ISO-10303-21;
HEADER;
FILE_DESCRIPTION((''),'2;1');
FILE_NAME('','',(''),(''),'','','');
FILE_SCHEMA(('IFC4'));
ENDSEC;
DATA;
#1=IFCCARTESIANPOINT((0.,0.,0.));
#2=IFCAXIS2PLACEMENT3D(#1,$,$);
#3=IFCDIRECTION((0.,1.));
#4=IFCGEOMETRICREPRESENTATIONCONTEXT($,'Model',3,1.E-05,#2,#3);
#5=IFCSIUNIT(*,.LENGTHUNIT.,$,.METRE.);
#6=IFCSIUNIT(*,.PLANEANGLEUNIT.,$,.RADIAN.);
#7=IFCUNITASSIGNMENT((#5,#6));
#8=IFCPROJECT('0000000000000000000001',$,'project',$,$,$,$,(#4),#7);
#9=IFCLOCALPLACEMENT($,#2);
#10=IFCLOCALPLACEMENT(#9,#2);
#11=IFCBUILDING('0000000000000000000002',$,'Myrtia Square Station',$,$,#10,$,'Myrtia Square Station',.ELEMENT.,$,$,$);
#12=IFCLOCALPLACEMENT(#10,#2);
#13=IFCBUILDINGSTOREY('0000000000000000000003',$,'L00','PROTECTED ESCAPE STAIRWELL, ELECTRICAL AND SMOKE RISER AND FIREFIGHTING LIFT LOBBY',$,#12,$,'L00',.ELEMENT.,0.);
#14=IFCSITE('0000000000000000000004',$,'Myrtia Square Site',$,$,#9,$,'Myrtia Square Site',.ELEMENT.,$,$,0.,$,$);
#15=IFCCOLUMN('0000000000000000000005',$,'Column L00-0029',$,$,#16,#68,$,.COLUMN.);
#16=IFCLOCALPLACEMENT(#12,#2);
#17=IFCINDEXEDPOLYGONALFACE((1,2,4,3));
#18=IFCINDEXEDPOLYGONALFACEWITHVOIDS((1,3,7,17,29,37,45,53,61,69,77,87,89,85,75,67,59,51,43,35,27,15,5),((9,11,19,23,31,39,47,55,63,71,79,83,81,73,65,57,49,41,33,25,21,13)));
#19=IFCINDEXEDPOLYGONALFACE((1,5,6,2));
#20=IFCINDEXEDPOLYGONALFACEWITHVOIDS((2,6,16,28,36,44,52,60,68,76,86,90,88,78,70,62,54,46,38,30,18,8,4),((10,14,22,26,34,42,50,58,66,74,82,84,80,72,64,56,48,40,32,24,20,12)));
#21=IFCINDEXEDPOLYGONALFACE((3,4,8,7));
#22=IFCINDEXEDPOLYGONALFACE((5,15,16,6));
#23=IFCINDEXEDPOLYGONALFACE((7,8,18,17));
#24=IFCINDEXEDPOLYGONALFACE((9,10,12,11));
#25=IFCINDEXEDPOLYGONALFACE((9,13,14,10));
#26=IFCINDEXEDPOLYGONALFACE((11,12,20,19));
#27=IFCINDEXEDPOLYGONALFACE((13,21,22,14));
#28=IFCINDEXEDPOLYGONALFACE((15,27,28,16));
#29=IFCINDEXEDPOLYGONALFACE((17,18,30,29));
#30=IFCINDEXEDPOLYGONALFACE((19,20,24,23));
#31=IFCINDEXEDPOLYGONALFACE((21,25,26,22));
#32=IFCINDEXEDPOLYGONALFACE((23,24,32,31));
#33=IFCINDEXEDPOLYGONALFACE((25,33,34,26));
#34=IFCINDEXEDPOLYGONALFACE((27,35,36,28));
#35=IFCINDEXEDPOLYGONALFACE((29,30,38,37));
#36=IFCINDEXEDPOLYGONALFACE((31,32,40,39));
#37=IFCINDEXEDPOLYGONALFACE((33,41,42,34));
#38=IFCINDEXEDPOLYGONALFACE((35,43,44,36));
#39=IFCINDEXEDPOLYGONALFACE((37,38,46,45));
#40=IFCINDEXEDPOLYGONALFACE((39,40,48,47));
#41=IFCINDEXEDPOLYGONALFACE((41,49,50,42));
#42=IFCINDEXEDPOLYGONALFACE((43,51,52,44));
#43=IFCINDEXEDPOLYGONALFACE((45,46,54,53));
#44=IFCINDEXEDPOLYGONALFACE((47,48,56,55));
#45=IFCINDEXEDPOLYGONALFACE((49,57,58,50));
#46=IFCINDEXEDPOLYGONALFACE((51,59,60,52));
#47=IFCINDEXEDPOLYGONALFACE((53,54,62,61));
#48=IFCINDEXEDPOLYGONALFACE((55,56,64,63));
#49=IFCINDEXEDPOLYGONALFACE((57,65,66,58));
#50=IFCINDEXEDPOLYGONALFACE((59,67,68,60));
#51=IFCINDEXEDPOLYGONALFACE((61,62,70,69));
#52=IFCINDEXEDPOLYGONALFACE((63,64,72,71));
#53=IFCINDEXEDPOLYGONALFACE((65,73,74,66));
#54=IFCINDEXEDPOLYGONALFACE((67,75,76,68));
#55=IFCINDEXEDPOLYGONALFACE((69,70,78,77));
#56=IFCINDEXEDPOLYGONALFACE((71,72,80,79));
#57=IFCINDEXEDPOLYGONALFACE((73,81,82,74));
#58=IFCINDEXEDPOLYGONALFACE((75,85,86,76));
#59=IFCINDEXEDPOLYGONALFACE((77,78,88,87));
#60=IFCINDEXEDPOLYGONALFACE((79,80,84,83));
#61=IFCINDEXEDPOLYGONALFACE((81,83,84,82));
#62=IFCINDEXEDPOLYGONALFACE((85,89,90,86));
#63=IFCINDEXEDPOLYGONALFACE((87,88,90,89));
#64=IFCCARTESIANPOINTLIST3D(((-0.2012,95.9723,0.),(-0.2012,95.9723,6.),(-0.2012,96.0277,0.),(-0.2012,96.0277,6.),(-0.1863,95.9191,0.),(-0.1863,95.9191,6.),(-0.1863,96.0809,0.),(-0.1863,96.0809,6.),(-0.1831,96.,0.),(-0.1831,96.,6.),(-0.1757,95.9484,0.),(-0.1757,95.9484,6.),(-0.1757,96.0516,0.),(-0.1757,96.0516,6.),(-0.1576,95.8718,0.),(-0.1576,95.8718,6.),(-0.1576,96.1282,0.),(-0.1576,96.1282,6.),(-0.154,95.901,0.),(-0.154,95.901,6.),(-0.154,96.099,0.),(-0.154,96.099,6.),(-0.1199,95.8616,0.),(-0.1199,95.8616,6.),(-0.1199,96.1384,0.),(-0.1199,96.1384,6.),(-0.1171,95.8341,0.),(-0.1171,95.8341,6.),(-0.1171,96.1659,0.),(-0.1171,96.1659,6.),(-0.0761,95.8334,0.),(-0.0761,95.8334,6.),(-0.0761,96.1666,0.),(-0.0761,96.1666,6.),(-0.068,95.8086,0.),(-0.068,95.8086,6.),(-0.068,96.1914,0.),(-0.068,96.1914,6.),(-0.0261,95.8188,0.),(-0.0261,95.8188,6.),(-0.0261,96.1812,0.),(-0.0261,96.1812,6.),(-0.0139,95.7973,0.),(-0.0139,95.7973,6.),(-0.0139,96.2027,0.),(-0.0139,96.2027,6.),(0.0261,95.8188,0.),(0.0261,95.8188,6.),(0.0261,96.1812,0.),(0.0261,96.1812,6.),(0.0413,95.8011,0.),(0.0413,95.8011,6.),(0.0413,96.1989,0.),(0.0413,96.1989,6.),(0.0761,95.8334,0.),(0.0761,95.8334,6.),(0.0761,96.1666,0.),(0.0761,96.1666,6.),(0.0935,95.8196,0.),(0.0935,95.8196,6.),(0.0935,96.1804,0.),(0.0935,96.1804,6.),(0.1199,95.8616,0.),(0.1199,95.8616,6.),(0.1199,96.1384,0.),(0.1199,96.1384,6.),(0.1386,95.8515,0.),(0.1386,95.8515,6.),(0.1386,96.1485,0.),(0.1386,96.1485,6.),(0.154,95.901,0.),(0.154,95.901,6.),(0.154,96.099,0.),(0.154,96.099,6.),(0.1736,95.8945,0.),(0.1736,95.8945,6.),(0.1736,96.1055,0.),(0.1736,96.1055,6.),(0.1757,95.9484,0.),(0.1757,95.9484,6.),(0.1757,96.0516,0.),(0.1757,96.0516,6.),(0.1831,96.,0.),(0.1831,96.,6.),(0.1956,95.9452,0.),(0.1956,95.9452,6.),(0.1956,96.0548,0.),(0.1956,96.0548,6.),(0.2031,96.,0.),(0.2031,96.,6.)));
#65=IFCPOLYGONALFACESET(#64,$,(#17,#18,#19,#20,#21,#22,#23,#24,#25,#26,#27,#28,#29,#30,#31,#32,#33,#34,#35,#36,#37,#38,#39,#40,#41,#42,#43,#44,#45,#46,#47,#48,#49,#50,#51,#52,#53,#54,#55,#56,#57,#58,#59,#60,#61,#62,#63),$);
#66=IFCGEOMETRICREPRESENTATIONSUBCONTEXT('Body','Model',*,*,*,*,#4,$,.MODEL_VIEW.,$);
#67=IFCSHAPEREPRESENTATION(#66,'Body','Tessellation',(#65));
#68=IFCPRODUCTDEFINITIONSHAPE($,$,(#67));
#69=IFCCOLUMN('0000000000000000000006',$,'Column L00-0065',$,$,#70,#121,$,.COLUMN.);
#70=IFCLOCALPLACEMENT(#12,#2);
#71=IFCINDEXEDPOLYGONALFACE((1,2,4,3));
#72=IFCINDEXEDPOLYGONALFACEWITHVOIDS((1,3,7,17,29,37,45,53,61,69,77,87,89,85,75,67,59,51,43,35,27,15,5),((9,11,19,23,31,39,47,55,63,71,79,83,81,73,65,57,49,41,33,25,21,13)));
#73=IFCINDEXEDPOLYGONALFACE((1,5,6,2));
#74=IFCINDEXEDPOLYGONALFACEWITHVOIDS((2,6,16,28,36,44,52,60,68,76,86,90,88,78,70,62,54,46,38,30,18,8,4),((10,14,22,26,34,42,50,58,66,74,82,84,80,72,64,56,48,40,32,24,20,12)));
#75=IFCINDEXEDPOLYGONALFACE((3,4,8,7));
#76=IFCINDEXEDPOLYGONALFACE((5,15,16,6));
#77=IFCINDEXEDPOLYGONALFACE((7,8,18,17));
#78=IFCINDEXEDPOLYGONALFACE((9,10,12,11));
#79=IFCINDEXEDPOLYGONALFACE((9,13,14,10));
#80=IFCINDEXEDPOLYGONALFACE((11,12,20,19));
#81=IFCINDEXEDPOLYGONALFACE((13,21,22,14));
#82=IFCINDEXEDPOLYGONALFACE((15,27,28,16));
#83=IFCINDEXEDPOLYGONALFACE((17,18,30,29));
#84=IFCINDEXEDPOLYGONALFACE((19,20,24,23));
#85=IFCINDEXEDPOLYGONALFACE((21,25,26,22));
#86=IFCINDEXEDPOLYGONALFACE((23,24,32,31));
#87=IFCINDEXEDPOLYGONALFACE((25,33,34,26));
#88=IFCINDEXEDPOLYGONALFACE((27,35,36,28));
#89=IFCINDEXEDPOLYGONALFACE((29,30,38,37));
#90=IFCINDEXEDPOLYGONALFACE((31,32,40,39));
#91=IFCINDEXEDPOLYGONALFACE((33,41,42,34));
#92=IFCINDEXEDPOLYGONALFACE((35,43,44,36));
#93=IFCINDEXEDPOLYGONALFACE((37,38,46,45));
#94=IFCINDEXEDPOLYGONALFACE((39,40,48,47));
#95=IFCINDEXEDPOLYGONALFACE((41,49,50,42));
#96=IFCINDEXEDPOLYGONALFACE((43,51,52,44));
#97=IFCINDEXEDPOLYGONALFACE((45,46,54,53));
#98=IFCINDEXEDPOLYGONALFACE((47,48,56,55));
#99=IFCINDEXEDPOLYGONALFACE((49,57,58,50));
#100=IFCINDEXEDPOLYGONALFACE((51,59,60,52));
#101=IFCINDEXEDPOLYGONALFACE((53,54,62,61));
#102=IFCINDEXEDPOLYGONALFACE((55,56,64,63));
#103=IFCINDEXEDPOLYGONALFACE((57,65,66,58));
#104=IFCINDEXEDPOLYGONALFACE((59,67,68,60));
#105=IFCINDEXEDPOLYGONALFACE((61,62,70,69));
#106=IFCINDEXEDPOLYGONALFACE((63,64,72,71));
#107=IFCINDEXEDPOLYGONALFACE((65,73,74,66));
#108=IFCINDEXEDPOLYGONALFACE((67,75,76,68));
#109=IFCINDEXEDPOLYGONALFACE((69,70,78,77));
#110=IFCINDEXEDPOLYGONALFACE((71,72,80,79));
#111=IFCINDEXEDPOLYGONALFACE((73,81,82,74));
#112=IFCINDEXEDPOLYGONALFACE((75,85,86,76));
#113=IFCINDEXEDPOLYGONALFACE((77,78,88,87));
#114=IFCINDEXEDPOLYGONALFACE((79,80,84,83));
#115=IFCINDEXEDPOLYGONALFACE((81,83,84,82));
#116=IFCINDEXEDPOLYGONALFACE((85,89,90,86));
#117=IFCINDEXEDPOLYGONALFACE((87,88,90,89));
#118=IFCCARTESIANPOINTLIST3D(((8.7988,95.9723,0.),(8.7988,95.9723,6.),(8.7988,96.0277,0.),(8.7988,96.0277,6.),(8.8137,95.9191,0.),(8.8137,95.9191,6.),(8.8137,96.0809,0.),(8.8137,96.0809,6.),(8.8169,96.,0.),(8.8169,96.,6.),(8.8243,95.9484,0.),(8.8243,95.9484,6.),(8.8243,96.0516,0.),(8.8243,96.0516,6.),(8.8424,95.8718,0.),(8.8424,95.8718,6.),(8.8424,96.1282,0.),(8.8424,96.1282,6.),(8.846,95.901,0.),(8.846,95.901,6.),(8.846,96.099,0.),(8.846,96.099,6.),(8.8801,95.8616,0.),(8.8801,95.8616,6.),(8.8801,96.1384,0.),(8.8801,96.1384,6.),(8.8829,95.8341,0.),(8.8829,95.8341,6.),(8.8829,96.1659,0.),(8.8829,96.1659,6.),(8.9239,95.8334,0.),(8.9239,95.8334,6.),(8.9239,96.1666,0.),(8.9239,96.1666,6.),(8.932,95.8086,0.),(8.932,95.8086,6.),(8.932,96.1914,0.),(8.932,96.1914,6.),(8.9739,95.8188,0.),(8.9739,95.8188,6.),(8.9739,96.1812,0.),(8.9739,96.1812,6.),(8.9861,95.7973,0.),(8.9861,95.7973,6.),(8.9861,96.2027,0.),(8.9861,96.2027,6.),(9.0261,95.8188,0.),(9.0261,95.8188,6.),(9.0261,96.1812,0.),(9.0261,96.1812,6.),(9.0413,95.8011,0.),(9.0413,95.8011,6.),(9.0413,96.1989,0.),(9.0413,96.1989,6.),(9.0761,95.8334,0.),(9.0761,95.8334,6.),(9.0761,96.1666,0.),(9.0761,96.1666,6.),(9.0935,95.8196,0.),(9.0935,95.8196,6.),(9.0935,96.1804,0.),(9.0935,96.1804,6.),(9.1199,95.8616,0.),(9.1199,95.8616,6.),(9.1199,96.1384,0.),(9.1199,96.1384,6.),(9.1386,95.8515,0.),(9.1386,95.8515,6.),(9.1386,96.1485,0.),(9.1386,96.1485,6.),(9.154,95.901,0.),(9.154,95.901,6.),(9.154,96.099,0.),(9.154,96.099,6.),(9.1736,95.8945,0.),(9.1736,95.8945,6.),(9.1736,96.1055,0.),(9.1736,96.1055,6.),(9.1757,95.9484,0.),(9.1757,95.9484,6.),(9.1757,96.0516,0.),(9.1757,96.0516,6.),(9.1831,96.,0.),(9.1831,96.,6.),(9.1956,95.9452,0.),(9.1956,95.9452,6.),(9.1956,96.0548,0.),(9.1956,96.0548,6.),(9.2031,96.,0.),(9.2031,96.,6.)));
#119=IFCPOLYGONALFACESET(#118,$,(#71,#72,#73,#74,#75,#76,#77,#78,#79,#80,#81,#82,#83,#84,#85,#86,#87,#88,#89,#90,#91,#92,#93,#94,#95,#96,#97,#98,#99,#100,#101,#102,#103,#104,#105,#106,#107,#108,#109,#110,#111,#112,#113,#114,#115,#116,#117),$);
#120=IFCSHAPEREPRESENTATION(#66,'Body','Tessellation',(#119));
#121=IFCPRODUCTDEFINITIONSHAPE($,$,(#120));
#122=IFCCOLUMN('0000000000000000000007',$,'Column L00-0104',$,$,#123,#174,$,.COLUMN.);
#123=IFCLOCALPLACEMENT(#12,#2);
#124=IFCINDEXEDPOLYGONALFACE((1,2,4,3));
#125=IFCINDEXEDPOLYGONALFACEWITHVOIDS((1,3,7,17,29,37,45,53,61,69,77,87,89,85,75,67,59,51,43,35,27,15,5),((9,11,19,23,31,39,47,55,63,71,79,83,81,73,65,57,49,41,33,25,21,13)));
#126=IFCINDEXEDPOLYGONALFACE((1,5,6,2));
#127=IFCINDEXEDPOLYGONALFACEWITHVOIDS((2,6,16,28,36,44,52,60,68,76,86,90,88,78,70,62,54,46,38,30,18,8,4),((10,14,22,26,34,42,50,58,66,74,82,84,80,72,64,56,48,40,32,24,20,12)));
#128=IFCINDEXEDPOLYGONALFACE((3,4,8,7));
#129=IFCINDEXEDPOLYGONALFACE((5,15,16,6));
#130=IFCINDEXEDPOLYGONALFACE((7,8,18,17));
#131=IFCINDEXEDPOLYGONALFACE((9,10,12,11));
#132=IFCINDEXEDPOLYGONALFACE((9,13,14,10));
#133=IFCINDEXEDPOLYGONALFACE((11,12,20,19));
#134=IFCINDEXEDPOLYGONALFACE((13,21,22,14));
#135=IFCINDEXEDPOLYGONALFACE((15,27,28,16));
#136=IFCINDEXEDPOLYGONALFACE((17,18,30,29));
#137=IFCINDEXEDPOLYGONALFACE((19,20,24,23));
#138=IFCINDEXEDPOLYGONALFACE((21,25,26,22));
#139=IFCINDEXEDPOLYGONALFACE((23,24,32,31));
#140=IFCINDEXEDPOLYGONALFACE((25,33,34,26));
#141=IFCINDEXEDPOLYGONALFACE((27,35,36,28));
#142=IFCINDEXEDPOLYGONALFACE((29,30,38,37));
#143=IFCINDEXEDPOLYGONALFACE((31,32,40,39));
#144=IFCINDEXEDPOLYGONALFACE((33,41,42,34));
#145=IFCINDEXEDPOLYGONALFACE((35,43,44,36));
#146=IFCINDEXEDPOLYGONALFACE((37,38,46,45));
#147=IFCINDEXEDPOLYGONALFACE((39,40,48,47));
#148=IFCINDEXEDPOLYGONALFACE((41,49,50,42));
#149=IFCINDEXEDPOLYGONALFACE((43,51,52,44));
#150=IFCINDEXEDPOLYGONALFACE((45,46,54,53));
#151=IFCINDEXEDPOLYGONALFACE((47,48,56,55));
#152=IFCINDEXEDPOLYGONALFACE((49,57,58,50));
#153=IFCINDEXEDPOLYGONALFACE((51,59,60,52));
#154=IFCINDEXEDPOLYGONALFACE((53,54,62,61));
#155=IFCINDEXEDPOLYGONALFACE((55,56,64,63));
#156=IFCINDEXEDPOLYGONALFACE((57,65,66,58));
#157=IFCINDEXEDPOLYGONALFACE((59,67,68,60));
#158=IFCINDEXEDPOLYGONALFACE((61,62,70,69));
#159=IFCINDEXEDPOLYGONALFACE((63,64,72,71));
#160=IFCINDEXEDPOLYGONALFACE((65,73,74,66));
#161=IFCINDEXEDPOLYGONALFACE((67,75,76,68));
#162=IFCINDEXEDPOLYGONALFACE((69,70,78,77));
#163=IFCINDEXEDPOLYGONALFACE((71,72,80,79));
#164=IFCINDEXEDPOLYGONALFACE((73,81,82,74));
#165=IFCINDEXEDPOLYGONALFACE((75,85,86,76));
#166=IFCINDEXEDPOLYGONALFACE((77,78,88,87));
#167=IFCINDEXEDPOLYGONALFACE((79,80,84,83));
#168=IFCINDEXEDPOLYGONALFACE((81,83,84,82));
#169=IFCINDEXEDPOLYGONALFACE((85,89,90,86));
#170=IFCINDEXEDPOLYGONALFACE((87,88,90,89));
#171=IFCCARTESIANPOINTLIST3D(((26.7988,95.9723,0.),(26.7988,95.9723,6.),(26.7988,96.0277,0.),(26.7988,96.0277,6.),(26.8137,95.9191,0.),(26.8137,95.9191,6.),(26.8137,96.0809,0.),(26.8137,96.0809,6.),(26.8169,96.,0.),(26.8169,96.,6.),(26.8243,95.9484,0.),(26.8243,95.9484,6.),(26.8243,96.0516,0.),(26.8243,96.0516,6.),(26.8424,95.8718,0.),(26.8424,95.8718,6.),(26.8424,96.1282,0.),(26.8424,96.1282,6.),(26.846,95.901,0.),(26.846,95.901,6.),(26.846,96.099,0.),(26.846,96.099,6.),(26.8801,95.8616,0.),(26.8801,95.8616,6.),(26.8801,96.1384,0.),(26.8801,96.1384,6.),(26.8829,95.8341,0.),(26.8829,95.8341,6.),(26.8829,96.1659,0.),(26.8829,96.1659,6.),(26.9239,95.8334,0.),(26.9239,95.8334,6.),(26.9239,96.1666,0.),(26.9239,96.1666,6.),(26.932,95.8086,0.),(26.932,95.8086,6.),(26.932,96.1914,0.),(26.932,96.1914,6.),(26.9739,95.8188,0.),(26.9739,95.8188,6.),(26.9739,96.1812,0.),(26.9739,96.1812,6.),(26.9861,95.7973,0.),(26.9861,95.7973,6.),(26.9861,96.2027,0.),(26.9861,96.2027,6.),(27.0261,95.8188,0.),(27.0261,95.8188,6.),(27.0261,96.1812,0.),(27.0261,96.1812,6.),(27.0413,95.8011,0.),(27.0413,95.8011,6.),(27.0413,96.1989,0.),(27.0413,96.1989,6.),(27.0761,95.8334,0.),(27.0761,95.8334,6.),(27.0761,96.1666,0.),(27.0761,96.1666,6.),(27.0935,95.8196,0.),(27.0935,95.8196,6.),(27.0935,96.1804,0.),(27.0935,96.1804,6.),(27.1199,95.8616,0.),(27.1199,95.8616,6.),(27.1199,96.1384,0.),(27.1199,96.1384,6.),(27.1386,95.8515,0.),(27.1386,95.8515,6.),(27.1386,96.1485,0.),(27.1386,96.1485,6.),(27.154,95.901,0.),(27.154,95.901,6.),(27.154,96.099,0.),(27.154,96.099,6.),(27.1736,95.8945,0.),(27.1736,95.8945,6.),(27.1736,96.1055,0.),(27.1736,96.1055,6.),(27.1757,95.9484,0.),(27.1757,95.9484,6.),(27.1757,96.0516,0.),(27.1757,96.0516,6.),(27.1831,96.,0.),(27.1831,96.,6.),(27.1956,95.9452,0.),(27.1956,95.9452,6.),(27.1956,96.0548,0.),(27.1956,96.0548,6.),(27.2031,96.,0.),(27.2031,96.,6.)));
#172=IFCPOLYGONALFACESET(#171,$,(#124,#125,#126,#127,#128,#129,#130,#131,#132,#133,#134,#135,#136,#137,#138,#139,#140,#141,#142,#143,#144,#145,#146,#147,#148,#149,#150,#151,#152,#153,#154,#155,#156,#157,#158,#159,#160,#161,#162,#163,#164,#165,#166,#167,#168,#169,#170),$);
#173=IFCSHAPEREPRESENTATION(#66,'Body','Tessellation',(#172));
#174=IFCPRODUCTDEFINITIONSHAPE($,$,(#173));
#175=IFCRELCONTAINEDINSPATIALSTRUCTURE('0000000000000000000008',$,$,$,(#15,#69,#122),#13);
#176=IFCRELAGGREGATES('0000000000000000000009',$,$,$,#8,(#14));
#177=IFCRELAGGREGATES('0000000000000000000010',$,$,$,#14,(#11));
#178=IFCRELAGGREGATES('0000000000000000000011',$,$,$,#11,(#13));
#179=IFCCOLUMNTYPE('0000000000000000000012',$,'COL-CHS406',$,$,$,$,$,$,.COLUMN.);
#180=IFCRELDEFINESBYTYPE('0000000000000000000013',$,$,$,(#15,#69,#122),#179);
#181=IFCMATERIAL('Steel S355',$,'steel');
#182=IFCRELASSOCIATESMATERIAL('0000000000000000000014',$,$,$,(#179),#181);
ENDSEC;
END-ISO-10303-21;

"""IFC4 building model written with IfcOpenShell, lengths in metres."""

from ifc_helpers import new_model, si_unit, direction, frame, origin, origin_2d, place, context, subcontext, project, spatial, hollow_circle, extrude, material, material_profile, profile_set, type_object, element, save


model = new_model("IFC4")

# Units and contexts
model_context = context("Model", 3, precision=1e-05, world=origin(), true_north=direction((0.0, 1.0)))
body_context = subcontext(model_context, "Body", "Model", "MODEL_VIEW")
ifc_project = project(units=[si_unit("LENGTHUNIT", "METRE"), si_unit("PLANEANGLEUNIT", "RADIAN")], contexts=[model_context])

# Site, building, storey
site_placement = place(None, origin())
site = spatial("IfcSite", under=ifc_project, at=site_placement, Name="Myrtia Square Site", LongName="Myrtia Square Site", CompositionType="ELEMENT", RefElevation=0.0)
building_placement = place(site_placement, origin())
building = spatial("IfcBuilding", under=site, at=building_placement, Name="Myrtia Square Station", LongName="Myrtia Square Station", CompositionType="ELEMENT")
storey_placement = place(building_placement, origin())
storey = spatial("IfcBuildingStorey", under=building, at=storey_placement, Name="L00", Description="PROTECTED ESCAPE STAIRWELL, ELECTRICAL AND SMOKE RISER AND FIREFIGHTING LIFT LOBBY", LongName="L00", CompositionType="ELEMENT", Elevation=0.0)

# Columns
ifc_material_1 = material(Name="Steel S355", Category="steel")
ifc_material_profile_1 = material_profile(ifc_material_1, hollow_circle(Radius=0.2031, WallThickness=0.02, at=origin_2d()), Name="CHS 406.4x20")
ifc_profile_set_1 = profile_set([ifc_material_profile_1], Name="Steel S355")
column_type = type_object("IfcColumnType", Name="COL-CHS406", PredefinedType="COLUMN", material=ifc_profile_set_1)
for number, where, z_axis, x_axis, name in (
    (1, (0.0, 96.0, 0.0), (0.0, 0.0, 1.0), (1.0, 0.0, 0.0), "Column L00-0029"),
    (2, (9.0, 96.0, 0.0), (0.0, 0.0, 1.0), (1.0, 0.0, 0.0), "Column L00-0065"),
    (3, (27.0, 96.0, 0.0), (0.0, 0.0, 1.0), (1.0, 0.0, 0.0), "Column L00-0104"),
):
    element("IfcColumn", number, at=place(storey_placement, frame(where, z_axis=z_axis, x_axis=x_axis)), inside=storey, type_object=column_type, Name=name, PredefinedType="COLUMN", context=body_context, shape_type="SweptSolid", body=[
        extrude(hollow_circle(Radius=0.2031, WallThickness=0.02, at=origin_2d()), origin(), (0.0, 0.0, 1.0), 6.0),
    ])

save(model, "model.ifc")
